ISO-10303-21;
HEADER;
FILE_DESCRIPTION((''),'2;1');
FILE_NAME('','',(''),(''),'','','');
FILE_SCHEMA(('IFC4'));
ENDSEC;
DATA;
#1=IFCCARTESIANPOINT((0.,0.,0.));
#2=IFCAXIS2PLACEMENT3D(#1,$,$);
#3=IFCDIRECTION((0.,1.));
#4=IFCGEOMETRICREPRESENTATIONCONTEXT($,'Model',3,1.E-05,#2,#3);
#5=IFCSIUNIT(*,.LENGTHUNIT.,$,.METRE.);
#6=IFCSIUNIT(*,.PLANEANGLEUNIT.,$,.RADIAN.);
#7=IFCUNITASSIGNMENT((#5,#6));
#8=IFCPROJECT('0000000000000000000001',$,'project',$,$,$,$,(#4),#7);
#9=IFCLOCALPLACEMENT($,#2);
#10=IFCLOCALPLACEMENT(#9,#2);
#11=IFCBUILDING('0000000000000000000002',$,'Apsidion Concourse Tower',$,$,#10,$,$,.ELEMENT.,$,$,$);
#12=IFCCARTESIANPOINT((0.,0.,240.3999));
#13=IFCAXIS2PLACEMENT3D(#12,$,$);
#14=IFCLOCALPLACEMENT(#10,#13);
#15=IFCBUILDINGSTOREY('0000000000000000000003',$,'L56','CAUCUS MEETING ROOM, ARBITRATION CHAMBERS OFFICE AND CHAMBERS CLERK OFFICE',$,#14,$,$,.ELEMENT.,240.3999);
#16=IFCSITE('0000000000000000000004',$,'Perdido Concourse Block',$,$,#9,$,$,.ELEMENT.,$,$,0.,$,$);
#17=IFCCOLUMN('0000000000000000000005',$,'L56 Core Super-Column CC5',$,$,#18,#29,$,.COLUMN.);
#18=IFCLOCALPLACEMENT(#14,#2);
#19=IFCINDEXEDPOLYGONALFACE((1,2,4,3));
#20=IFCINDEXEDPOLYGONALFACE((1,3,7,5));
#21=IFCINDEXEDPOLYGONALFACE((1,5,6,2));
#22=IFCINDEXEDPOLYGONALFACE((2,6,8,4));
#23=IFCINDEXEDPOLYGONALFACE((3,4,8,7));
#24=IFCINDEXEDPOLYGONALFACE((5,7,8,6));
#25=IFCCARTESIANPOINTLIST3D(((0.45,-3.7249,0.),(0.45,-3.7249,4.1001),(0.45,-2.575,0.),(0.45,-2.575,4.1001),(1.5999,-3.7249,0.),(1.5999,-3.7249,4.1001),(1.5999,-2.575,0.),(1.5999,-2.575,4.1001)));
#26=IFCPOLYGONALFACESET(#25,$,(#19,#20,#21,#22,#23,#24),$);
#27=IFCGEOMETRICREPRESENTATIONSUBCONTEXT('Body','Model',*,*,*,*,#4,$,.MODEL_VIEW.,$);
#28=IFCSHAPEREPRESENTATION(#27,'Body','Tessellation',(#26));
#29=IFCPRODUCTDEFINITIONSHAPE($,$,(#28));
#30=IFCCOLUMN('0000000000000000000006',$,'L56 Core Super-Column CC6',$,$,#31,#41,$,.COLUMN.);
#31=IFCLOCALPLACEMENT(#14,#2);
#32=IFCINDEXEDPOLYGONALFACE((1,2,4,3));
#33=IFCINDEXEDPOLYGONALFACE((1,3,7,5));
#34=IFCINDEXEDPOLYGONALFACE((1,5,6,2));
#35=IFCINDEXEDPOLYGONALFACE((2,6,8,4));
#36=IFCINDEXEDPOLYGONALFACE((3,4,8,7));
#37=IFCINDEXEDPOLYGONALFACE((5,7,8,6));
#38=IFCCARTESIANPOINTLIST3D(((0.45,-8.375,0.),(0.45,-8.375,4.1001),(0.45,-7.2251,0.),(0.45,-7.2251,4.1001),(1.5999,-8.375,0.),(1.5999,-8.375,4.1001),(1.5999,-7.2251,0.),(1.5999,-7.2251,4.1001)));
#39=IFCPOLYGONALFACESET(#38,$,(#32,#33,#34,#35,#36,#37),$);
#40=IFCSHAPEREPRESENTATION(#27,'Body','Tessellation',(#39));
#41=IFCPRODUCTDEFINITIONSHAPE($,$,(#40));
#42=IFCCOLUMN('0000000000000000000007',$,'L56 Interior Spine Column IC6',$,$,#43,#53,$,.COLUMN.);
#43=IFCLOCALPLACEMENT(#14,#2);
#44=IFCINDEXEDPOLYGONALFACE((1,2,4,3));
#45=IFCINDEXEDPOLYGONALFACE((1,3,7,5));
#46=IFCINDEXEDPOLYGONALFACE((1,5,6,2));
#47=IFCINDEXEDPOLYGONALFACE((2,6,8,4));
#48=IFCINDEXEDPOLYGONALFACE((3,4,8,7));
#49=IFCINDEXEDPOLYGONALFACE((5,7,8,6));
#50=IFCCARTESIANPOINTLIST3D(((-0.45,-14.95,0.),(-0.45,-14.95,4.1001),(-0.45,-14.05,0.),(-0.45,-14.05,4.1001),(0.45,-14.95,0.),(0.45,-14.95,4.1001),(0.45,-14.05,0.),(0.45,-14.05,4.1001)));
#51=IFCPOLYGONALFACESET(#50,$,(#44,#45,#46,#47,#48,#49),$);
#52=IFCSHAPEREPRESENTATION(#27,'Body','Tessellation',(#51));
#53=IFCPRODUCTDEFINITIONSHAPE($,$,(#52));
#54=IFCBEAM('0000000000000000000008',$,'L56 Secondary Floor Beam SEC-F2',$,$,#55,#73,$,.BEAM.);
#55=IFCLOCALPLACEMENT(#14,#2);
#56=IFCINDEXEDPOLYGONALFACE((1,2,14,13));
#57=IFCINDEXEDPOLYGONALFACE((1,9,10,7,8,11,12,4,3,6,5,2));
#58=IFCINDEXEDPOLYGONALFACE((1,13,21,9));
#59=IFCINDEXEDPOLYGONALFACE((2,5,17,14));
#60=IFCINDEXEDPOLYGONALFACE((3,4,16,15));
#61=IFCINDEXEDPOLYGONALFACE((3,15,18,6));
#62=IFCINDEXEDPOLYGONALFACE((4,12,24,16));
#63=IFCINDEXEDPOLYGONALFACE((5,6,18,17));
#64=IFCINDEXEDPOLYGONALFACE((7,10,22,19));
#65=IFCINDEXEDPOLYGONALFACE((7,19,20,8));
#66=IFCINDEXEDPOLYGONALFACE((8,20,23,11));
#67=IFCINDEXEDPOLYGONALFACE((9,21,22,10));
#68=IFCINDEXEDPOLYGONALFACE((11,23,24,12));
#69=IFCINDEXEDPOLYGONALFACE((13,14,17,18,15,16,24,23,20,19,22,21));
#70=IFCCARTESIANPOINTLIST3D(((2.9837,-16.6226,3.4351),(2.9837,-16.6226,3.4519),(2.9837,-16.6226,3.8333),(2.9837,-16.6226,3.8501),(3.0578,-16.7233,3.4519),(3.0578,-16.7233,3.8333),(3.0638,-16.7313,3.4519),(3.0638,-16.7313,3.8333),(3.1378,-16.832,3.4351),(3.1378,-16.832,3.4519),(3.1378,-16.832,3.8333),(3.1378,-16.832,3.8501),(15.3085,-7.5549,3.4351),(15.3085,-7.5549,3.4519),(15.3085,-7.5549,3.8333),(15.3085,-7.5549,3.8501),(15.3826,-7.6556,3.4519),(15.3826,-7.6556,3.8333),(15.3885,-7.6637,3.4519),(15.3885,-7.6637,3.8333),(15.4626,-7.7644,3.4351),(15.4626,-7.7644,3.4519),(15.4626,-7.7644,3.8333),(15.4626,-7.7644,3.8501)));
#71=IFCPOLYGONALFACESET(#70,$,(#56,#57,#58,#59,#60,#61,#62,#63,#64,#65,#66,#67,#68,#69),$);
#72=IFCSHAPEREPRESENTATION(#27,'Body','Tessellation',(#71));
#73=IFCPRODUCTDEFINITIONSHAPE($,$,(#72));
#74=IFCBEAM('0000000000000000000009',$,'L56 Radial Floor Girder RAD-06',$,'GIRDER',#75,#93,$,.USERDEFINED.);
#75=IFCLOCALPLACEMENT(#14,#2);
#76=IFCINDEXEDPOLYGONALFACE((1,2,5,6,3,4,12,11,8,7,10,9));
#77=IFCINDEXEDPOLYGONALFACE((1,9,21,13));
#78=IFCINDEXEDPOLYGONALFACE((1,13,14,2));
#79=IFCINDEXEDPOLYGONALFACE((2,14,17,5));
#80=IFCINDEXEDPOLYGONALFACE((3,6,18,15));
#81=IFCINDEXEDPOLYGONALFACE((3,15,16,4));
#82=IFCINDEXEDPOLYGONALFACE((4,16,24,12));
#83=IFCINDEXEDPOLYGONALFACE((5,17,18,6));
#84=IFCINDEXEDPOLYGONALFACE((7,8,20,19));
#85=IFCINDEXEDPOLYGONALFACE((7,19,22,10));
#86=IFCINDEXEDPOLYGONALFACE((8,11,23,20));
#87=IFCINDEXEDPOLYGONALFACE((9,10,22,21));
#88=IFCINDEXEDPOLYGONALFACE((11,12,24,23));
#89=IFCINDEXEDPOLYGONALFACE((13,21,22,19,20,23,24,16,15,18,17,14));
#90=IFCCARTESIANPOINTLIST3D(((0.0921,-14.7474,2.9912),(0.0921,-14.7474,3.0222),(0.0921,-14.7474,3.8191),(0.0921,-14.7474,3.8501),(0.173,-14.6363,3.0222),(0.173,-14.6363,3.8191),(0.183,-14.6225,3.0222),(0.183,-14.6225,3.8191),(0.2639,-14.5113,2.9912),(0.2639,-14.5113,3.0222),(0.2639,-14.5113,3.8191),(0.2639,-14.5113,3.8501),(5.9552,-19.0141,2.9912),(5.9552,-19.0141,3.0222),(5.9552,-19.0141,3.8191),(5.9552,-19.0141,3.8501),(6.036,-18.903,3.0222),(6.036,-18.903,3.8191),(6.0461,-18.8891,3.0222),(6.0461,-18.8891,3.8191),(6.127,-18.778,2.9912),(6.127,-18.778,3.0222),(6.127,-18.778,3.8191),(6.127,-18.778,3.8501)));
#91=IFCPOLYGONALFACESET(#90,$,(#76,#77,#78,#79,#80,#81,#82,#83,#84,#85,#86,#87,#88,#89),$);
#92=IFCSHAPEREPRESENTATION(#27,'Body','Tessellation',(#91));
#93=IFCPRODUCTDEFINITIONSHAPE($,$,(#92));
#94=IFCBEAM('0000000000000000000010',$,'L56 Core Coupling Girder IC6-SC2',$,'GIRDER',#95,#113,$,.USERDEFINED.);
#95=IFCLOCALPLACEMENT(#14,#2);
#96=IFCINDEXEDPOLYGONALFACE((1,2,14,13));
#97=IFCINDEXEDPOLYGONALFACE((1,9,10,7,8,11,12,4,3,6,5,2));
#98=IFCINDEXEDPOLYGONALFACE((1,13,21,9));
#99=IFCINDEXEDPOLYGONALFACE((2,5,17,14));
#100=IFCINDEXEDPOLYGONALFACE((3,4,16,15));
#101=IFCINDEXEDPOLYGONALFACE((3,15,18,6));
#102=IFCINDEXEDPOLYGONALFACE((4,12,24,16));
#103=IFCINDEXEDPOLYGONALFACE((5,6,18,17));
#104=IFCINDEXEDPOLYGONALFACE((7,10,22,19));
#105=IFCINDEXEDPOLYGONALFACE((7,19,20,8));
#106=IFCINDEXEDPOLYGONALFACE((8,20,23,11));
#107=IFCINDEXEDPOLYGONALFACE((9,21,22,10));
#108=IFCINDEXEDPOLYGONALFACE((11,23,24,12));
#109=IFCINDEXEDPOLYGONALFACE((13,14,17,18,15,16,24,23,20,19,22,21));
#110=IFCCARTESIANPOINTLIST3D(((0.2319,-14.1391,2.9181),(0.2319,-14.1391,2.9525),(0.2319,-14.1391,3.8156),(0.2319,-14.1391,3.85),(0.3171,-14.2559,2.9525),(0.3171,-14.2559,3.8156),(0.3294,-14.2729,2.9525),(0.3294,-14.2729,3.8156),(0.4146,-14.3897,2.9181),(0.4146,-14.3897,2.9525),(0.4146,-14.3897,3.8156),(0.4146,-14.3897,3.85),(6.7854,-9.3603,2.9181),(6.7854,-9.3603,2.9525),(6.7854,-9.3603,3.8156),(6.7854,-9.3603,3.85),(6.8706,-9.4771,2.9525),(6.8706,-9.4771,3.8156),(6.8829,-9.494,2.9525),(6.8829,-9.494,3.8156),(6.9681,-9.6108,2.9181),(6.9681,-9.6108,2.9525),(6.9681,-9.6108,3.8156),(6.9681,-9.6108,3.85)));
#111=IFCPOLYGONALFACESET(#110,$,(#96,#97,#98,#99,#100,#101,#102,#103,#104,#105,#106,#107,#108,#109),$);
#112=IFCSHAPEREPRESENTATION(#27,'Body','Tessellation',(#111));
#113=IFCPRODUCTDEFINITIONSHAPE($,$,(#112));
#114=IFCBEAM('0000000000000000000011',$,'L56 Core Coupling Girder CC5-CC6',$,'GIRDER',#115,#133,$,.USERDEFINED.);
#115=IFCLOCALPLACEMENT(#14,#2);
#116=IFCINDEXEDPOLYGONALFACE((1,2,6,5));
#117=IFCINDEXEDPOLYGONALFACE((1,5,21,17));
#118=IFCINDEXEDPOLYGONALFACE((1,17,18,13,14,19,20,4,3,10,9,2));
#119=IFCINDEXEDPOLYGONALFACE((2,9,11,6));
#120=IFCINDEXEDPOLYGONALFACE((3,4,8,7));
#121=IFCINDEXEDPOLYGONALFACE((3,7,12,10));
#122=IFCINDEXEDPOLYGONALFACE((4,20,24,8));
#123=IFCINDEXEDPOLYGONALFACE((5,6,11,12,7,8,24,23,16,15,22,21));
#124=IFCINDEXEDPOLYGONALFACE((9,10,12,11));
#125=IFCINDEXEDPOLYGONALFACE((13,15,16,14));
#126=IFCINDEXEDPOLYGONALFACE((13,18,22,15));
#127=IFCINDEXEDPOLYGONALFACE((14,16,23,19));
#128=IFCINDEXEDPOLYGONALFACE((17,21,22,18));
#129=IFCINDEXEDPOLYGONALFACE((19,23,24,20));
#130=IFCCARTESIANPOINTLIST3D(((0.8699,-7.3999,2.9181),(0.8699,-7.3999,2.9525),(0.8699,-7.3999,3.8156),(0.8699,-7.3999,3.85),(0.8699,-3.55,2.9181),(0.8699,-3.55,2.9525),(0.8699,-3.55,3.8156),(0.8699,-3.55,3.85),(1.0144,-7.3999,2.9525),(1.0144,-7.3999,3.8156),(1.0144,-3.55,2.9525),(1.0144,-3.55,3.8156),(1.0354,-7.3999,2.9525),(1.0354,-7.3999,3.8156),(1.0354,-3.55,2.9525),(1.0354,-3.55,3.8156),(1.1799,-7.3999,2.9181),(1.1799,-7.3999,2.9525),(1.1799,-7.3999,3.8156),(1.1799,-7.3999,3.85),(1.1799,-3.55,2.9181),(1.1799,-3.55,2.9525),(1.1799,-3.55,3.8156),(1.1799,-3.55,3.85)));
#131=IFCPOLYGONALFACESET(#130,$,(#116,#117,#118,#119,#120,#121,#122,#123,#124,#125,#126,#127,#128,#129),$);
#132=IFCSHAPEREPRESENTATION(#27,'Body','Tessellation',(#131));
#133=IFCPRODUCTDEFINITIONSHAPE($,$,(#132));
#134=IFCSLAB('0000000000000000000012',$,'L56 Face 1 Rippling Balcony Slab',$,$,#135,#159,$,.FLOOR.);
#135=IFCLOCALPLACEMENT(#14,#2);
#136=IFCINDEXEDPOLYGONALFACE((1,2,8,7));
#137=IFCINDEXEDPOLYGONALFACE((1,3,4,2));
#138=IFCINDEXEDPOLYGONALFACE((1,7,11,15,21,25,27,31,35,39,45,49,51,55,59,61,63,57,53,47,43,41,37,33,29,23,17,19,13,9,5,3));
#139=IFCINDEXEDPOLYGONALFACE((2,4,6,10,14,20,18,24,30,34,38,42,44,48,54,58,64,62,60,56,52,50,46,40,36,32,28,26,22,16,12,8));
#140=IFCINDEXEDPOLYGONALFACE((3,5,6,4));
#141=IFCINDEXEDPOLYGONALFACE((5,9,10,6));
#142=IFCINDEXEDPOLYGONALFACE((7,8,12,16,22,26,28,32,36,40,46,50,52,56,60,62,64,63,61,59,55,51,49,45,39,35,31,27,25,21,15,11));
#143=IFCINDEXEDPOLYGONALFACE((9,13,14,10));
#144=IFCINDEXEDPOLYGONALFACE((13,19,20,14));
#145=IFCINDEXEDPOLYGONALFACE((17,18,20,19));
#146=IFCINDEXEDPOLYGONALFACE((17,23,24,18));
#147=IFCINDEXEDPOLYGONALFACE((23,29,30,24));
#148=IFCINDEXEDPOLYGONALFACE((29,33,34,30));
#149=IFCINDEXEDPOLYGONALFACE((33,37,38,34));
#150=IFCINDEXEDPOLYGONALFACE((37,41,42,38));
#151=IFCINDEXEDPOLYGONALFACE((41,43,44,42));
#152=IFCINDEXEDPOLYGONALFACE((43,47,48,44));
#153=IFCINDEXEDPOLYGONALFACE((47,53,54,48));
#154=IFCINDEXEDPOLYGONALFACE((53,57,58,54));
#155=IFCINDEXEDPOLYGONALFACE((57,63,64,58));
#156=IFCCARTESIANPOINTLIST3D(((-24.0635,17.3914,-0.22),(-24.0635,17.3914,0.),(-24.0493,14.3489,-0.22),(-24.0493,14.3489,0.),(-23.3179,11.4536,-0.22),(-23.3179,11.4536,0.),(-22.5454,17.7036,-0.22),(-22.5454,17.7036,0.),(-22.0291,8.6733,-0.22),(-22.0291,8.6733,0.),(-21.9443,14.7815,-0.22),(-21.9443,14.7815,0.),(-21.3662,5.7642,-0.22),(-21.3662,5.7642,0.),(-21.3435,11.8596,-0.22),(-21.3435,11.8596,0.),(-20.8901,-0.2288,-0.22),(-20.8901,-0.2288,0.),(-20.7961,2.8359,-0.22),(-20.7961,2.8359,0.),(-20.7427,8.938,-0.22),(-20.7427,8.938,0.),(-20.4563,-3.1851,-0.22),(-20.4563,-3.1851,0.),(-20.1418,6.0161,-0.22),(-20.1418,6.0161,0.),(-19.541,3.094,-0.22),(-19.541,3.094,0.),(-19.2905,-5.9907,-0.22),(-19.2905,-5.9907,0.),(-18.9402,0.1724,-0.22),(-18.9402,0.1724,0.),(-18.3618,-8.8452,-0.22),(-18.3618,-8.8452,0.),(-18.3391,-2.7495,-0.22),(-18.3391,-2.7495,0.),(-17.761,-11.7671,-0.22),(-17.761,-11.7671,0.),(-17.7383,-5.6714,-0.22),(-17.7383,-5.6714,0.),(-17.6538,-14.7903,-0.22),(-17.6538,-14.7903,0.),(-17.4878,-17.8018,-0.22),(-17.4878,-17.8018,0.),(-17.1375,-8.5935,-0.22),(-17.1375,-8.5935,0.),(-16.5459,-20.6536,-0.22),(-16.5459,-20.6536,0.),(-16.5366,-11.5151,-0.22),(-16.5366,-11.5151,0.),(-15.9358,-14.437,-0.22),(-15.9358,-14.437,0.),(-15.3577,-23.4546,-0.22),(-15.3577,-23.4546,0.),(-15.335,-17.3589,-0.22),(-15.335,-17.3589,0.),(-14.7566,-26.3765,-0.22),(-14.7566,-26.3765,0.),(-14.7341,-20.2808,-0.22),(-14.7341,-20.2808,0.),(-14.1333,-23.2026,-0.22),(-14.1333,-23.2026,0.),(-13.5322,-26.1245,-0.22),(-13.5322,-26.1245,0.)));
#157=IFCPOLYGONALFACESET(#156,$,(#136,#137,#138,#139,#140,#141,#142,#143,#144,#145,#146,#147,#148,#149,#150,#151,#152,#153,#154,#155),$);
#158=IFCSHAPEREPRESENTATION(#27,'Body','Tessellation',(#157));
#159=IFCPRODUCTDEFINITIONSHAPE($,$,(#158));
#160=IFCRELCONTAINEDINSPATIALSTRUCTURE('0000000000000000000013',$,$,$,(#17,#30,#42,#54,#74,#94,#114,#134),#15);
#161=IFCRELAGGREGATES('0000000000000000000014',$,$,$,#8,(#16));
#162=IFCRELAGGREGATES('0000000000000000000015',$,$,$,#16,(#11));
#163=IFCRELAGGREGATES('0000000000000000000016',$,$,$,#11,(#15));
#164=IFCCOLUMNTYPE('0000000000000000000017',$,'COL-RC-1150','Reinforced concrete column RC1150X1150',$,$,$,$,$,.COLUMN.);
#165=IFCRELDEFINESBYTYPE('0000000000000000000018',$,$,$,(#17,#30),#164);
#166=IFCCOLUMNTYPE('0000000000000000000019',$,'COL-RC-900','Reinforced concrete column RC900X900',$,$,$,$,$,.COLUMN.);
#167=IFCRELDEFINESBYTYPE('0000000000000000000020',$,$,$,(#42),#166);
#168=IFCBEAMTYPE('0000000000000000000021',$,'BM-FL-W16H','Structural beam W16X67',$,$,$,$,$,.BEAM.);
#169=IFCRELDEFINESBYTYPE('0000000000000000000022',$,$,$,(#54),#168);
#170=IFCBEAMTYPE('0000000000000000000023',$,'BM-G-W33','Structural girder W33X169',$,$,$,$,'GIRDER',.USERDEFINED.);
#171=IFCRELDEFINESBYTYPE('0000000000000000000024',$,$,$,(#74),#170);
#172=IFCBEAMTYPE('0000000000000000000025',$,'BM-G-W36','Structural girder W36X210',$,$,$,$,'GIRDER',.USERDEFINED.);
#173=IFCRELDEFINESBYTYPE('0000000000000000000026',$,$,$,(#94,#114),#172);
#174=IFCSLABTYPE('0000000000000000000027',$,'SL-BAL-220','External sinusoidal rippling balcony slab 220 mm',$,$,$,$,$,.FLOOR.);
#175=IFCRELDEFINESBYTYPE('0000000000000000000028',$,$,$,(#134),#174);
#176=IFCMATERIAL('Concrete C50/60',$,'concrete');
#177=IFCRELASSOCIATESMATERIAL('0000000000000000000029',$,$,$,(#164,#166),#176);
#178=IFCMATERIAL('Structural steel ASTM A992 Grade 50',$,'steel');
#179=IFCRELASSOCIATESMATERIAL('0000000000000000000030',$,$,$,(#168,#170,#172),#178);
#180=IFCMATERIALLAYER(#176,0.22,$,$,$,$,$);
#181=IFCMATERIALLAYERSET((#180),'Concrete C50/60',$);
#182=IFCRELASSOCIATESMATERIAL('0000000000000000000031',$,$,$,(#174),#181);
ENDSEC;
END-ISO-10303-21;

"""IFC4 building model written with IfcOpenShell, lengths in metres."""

from ifc_helpers import new_model, si_unit, direction, frame, origin, origin_2d, place, context, subcontext, project, spatial, polyline, rectangle, i_section, outline, extrude, material, layer, layer_set, material_profile, profile_set, type_object, element, save


model = new_model("IFC4")

# Units and contexts
model_context = context("Model", 3, precision=1e-05, world=origin(), true_north=direction((0.0, 1.0)))
body_context = subcontext(model_context, "Body", "Model", "MODEL_VIEW")
ifc_project = project(units=[si_unit("LENGTHUNIT", "METRE"), si_unit("PLANEANGLEUNIT", "RADIAN")], contexts=[model_context])

# Site, building, storey
site_placement = place(None, origin())
site = spatial("IfcSite", under=ifc_project, at=site_placement, Name="Perdido Concourse Block", CompositionType="ELEMENT", RefElevation=0.0)
building_placement = place(site_placement, origin())
building = spatial("IfcBuilding", under=site, at=building_placement, Name="Apsidion Concourse Tower", CompositionType="ELEMENT")
storey_placement = place(building_placement, frame((0.0, 0.0, 240.3999)))
storey = spatial("IfcBuildingStorey", under=building, at=storey_placement, Name="L56", Description="CAUCUS MEETING ROOM, ARBITRATION CHAMBERS OFFICE AND CHAMBERS CLERK OFFICE", CompositionType="ELEMENT", Elevation=240.3999)

# Columns
ifc_material_1 = material(Name="Concrete C50/60", Category="concrete")
ifc_material_profile_1 = material_profile(ifc_material_1, rectangle(XDim=1.1499, YDim=1.1499, at=origin_2d()), Name="RC 1150x1150")
ifc_profile_set_1 = profile_set([ifc_material_profile_1], Name="Concrete C50/60")
column_type_1 = type_object("IfcColumnType", Name="COL-RC-1150", Description="Reinforced concrete column RC1150X1150", PredefinedType="COLUMN", material=ifc_profile_set_1)
for number, where, z_axis, x_axis, name in (
    (1, (1.0249, -3.1499, 0.0), (0.0, 0.0, 1.0), (1.0, 0.0, 0.0), "L56 Core Super-Column CC5"),
    (2, (1.0249, -7.8, 0.0), (0.0, 0.0, 1.0), (1.0, 0.0, 0.0), "L56 Core Super-Column CC6"),
):
    element("IfcColumn", number, at=place(storey_placement, frame(where, z_axis=z_axis, x_axis=x_axis)), inside=storey, type_object=column_type_1, Name=name, PredefinedType="COLUMN", context=body_context, shape_type="SweptSolid", body=[
        extrude(rectangle(XDim=1.1499, YDim=1.1499, at=origin_2d()), origin(), (0.0, 0.0, 1.0), 4.1001),
    ])
ifc_material_profile_2 = material_profile(ifc_material_1, rectangle(XDim=0.8999, YDim=0.8999, at=origin_2d()), Name="RC 900x900")
ifc_profile_set_2 = profile_set([ifc_material_profile_2], Name="Concrete C50/60")
column_type_2 = type_object("IfcColumnType", Name="COL-RC-900", Description="Reinforced concrete column RC900X900", PredefinedType="COLUMN", material=ifc_profile_set_2)
column_placement = place(storey_placement, frame((0.0, -14.5, 0.0), z_axis=(0.0, 0.0, 1.0), x_axis=(1.0, 0.0, 0.0)))
element("IfcColumn", 3, at=column_placement, inside=storey, type_object=column_type_2, Name="L56 Interior Spine Column IC6", PredefinedType="COLUMN", context=body_context, shape_type="SweptSolid", body=[
    extrude(rectangle(XDim=0.8999, YDim=0.8999, at=origin_2d()), origin(), (0.0, 0.0, 1.0), 4.1001),
])

# Beams
ifc_material_2 = material(Name="Structural steel ASTM A992 Grade 50", Category="steel")
ifc_material_profile_3 = material_profile(ifc_material_2, i_section(OverallWidth=0.26, OverallDepth=0.415, WebThickness=0.01, FlangeThickness=0.0168, at=origin_2d()), Name="W16X67")
ifc_profile_set_3 = profile_set([ifc_material_profile_3], Name="Structural steel ASTM A992 Grade 50")
beam_type_1 = type_object("IfcBeamType", Name="BM-FL-W16H", Description="Structural beam W16X67", PredefinedType="BEAM", material=ifc_profile_set_3)
beam_1_placement = place(storey_placement, frame((3.0608, -16.7273, 3.6426), z_axis=(0.805484, 0.592617, 0.0), x_axis=(-0.592617, 0.805484, 0.0)))
element("IfcBeam", 4, at=beam_1_placement, inside=storey, type_object=beam_type_1, Name="L56 Secondary Floor Beam SEC-F2", PredefinedType="BEAM", context=body_context, shape_type="SweptSolid", body=[
    extrude(i_section(OverallWidth=0.26, OverallDepth=0.415, WebThickness=0.01, FlangeThickness=0.0168, at=origin_2d()), origin(), (0.0, 0.0, 1.0), 15.301),
])
ifc_material_profile_4 = material_profile(ifc_material_2, i_section(OverallWidth=0.292, OverallDepth=0.8589, WebThickness=0.0171, FlangeThickness=0.031, at=origin_2d()), Name="W33X169")
ifc_profile_set_4 = profile_set([ifc_material_profile_4], Name="Structural steel ASTM A992 Grade 50")
beam_type_2 = type_object("IfcBeamType", Name="BM-G-W33", Description="Structural girder W33X169", ElementType="GIRDER", PredefinedType="USERDEFINED", material=ifc_profile_set_4)
beam_2_placement = place(storey_placement, frame((0.178, -14.6294, 3.4207), z_axis=(0.808567, -0.588404, 0.0), x_axis=(0.588404, 0.808567, 0.0)))
element("IfcBeam", 5, at=beam_2_placement, inside=storey, type_object=beam_type_2, Name="L56 Radial Floor Girder RAD-06", ObjectType="GIRDER", PredefinedType="USERDEFINED", context=body_context, shape_type="SweptSolid", body=[
    extrude(i_section(OverallWidth=0.292, OverallDepth=0.8589, WebThickness=0.0171, FlangeThickness=0.031, at=origin_2d()), origin(), (0.0, 0.0, 1.0), 7.2512),
])
ifc_material_profile_5 = material_profile(ifc_material_2, i_section(OverallWidth=0.3101, OverallDepth=0.9319, WebThickness=0.021, FlangeThickness=0.0344, at=origin_2d()), Name="W36X210")
ifc_profile_set_5 = profile_set([ifc_material_profile_5], Name="Structural steel ASTM A992 Grade 50")
beam_type_3 = type_object("IfcBeamType", Name="BM-G-W36", Description="Structural girder W36X210", ElementType="GIRDER", PredefinedType="USERDEFINED", material=ifc_profile_set_5)
beam_3_placement = place(storey_placement, frame((0.3232, -14.2644, 3.384), z_axis=(0.807993, 0.589191, 0.0), x_axis=(-0.589191, 0.807993, 0.0)))
element("IfcBeam", 6, at=beam_3_placement, inside=storey, type_object=beam_type_3, Name="L56 Core Coupling Girder IC6-SC2", ObjectType="GIRDER", PredefinedType="USERDEFINED", context=body_context, shape_type="SweptSolid", body=[
    extrude(i_section(OverallWidth=0.3101, OverallDepth=0.9319, WebThickness=0.021, FlangeThickness=0.0344, at=origin_2d()), origin(), (0.0, 0.0, 1.0), 8.1108),
])
beam_4_placement = place(storey_placement, frame((1.0249, -3.55, 3.384), z_axis=(0.0, -1.0, 0.0), x_axis=(1.0, 0.0, 0.0)))
element("IfcBeam", 7, at=beam_4_placement, inside=storey, type_object=beam_type_3, Name="L56 Core Coupling Girder CC5-CC6", ObjectType="GIRDER", PredefinedType="USERDEFINED", context=body_context, shape_type="SweptSolid", body=[
    extrude(i_section(OverallWidth=0.3101, OverallDepth=0.9319, WebThickness=0.021, FlangeThickness=0.0344, at=origin_2d()), origin(), (0.0, 0.0, 1.0), 3.8499),
])

# Slab
ifc_layer_1 = layer(ifc_material_1, 0.22)
ifc_layer_set_1 = layer_set([ifc_layer_1], Name="Concrete C50/60")
slab_type_1 = type_object("IfcSlabType", Name="SL-BAL-220", Description="External sinusoidal rippling balcony slab 220 mm", PredefinedType="FLOOR", material=ifc_layer_set_1)
slab_1_placement = place(storey_placement, frame((0.0, 0.0, -0.22)))
element("IfcSlab", 8, at=slab_1_placement, inside=storey, type_object=slab_type_1, Name="L56 Face 1 Rippling Balcony Slab", PredefinedType="FLOOR", context=body_context, shape_type="SweptSolid", body=[
    extrude(outline(polyline([(-22.5454, 17.7036), (-21.9443, 14.7815), (-21.3435, 11.8596), (-20.7427, 8.938), (-20.1418, 6.0161), (-19.541, 3.094), (-18.9402, 0.1724), (-18.3391, -2.7495), (-17.7383, -5.6714), (-17.1375, -8.5935), (-16.5366, -11.5151), (-15.9358, -14.437), (-15.335, -17.3589), (-14.7341, -20.2808), (-14.1333, -23.2026), (-13.5322, -26.1245), (-14.7566, -26.3765), (-15.3577, -23.4546), (-16.5459, -20.6536), (-17.4878, -17.8018), (-17.6538, -14.7903), (-17.761, -11.7671), (-18.3618, -8.8452), (-19.2905, -5.9907), (-20.4563, -3.1851), (-20.8901, -0.2288), (-20.7961, 2.8359), (-21.3662, 5.7642), (-22.0291, 8.6733), (-23.3179, 11.4536), (-24.0493, 14.3489), (-24.0635, 17.3914), (-22.5454, 17.7036)])), origin(), (0.0, 0.0, 1.0), 0.22),
])

save(model, "model.ifc")
